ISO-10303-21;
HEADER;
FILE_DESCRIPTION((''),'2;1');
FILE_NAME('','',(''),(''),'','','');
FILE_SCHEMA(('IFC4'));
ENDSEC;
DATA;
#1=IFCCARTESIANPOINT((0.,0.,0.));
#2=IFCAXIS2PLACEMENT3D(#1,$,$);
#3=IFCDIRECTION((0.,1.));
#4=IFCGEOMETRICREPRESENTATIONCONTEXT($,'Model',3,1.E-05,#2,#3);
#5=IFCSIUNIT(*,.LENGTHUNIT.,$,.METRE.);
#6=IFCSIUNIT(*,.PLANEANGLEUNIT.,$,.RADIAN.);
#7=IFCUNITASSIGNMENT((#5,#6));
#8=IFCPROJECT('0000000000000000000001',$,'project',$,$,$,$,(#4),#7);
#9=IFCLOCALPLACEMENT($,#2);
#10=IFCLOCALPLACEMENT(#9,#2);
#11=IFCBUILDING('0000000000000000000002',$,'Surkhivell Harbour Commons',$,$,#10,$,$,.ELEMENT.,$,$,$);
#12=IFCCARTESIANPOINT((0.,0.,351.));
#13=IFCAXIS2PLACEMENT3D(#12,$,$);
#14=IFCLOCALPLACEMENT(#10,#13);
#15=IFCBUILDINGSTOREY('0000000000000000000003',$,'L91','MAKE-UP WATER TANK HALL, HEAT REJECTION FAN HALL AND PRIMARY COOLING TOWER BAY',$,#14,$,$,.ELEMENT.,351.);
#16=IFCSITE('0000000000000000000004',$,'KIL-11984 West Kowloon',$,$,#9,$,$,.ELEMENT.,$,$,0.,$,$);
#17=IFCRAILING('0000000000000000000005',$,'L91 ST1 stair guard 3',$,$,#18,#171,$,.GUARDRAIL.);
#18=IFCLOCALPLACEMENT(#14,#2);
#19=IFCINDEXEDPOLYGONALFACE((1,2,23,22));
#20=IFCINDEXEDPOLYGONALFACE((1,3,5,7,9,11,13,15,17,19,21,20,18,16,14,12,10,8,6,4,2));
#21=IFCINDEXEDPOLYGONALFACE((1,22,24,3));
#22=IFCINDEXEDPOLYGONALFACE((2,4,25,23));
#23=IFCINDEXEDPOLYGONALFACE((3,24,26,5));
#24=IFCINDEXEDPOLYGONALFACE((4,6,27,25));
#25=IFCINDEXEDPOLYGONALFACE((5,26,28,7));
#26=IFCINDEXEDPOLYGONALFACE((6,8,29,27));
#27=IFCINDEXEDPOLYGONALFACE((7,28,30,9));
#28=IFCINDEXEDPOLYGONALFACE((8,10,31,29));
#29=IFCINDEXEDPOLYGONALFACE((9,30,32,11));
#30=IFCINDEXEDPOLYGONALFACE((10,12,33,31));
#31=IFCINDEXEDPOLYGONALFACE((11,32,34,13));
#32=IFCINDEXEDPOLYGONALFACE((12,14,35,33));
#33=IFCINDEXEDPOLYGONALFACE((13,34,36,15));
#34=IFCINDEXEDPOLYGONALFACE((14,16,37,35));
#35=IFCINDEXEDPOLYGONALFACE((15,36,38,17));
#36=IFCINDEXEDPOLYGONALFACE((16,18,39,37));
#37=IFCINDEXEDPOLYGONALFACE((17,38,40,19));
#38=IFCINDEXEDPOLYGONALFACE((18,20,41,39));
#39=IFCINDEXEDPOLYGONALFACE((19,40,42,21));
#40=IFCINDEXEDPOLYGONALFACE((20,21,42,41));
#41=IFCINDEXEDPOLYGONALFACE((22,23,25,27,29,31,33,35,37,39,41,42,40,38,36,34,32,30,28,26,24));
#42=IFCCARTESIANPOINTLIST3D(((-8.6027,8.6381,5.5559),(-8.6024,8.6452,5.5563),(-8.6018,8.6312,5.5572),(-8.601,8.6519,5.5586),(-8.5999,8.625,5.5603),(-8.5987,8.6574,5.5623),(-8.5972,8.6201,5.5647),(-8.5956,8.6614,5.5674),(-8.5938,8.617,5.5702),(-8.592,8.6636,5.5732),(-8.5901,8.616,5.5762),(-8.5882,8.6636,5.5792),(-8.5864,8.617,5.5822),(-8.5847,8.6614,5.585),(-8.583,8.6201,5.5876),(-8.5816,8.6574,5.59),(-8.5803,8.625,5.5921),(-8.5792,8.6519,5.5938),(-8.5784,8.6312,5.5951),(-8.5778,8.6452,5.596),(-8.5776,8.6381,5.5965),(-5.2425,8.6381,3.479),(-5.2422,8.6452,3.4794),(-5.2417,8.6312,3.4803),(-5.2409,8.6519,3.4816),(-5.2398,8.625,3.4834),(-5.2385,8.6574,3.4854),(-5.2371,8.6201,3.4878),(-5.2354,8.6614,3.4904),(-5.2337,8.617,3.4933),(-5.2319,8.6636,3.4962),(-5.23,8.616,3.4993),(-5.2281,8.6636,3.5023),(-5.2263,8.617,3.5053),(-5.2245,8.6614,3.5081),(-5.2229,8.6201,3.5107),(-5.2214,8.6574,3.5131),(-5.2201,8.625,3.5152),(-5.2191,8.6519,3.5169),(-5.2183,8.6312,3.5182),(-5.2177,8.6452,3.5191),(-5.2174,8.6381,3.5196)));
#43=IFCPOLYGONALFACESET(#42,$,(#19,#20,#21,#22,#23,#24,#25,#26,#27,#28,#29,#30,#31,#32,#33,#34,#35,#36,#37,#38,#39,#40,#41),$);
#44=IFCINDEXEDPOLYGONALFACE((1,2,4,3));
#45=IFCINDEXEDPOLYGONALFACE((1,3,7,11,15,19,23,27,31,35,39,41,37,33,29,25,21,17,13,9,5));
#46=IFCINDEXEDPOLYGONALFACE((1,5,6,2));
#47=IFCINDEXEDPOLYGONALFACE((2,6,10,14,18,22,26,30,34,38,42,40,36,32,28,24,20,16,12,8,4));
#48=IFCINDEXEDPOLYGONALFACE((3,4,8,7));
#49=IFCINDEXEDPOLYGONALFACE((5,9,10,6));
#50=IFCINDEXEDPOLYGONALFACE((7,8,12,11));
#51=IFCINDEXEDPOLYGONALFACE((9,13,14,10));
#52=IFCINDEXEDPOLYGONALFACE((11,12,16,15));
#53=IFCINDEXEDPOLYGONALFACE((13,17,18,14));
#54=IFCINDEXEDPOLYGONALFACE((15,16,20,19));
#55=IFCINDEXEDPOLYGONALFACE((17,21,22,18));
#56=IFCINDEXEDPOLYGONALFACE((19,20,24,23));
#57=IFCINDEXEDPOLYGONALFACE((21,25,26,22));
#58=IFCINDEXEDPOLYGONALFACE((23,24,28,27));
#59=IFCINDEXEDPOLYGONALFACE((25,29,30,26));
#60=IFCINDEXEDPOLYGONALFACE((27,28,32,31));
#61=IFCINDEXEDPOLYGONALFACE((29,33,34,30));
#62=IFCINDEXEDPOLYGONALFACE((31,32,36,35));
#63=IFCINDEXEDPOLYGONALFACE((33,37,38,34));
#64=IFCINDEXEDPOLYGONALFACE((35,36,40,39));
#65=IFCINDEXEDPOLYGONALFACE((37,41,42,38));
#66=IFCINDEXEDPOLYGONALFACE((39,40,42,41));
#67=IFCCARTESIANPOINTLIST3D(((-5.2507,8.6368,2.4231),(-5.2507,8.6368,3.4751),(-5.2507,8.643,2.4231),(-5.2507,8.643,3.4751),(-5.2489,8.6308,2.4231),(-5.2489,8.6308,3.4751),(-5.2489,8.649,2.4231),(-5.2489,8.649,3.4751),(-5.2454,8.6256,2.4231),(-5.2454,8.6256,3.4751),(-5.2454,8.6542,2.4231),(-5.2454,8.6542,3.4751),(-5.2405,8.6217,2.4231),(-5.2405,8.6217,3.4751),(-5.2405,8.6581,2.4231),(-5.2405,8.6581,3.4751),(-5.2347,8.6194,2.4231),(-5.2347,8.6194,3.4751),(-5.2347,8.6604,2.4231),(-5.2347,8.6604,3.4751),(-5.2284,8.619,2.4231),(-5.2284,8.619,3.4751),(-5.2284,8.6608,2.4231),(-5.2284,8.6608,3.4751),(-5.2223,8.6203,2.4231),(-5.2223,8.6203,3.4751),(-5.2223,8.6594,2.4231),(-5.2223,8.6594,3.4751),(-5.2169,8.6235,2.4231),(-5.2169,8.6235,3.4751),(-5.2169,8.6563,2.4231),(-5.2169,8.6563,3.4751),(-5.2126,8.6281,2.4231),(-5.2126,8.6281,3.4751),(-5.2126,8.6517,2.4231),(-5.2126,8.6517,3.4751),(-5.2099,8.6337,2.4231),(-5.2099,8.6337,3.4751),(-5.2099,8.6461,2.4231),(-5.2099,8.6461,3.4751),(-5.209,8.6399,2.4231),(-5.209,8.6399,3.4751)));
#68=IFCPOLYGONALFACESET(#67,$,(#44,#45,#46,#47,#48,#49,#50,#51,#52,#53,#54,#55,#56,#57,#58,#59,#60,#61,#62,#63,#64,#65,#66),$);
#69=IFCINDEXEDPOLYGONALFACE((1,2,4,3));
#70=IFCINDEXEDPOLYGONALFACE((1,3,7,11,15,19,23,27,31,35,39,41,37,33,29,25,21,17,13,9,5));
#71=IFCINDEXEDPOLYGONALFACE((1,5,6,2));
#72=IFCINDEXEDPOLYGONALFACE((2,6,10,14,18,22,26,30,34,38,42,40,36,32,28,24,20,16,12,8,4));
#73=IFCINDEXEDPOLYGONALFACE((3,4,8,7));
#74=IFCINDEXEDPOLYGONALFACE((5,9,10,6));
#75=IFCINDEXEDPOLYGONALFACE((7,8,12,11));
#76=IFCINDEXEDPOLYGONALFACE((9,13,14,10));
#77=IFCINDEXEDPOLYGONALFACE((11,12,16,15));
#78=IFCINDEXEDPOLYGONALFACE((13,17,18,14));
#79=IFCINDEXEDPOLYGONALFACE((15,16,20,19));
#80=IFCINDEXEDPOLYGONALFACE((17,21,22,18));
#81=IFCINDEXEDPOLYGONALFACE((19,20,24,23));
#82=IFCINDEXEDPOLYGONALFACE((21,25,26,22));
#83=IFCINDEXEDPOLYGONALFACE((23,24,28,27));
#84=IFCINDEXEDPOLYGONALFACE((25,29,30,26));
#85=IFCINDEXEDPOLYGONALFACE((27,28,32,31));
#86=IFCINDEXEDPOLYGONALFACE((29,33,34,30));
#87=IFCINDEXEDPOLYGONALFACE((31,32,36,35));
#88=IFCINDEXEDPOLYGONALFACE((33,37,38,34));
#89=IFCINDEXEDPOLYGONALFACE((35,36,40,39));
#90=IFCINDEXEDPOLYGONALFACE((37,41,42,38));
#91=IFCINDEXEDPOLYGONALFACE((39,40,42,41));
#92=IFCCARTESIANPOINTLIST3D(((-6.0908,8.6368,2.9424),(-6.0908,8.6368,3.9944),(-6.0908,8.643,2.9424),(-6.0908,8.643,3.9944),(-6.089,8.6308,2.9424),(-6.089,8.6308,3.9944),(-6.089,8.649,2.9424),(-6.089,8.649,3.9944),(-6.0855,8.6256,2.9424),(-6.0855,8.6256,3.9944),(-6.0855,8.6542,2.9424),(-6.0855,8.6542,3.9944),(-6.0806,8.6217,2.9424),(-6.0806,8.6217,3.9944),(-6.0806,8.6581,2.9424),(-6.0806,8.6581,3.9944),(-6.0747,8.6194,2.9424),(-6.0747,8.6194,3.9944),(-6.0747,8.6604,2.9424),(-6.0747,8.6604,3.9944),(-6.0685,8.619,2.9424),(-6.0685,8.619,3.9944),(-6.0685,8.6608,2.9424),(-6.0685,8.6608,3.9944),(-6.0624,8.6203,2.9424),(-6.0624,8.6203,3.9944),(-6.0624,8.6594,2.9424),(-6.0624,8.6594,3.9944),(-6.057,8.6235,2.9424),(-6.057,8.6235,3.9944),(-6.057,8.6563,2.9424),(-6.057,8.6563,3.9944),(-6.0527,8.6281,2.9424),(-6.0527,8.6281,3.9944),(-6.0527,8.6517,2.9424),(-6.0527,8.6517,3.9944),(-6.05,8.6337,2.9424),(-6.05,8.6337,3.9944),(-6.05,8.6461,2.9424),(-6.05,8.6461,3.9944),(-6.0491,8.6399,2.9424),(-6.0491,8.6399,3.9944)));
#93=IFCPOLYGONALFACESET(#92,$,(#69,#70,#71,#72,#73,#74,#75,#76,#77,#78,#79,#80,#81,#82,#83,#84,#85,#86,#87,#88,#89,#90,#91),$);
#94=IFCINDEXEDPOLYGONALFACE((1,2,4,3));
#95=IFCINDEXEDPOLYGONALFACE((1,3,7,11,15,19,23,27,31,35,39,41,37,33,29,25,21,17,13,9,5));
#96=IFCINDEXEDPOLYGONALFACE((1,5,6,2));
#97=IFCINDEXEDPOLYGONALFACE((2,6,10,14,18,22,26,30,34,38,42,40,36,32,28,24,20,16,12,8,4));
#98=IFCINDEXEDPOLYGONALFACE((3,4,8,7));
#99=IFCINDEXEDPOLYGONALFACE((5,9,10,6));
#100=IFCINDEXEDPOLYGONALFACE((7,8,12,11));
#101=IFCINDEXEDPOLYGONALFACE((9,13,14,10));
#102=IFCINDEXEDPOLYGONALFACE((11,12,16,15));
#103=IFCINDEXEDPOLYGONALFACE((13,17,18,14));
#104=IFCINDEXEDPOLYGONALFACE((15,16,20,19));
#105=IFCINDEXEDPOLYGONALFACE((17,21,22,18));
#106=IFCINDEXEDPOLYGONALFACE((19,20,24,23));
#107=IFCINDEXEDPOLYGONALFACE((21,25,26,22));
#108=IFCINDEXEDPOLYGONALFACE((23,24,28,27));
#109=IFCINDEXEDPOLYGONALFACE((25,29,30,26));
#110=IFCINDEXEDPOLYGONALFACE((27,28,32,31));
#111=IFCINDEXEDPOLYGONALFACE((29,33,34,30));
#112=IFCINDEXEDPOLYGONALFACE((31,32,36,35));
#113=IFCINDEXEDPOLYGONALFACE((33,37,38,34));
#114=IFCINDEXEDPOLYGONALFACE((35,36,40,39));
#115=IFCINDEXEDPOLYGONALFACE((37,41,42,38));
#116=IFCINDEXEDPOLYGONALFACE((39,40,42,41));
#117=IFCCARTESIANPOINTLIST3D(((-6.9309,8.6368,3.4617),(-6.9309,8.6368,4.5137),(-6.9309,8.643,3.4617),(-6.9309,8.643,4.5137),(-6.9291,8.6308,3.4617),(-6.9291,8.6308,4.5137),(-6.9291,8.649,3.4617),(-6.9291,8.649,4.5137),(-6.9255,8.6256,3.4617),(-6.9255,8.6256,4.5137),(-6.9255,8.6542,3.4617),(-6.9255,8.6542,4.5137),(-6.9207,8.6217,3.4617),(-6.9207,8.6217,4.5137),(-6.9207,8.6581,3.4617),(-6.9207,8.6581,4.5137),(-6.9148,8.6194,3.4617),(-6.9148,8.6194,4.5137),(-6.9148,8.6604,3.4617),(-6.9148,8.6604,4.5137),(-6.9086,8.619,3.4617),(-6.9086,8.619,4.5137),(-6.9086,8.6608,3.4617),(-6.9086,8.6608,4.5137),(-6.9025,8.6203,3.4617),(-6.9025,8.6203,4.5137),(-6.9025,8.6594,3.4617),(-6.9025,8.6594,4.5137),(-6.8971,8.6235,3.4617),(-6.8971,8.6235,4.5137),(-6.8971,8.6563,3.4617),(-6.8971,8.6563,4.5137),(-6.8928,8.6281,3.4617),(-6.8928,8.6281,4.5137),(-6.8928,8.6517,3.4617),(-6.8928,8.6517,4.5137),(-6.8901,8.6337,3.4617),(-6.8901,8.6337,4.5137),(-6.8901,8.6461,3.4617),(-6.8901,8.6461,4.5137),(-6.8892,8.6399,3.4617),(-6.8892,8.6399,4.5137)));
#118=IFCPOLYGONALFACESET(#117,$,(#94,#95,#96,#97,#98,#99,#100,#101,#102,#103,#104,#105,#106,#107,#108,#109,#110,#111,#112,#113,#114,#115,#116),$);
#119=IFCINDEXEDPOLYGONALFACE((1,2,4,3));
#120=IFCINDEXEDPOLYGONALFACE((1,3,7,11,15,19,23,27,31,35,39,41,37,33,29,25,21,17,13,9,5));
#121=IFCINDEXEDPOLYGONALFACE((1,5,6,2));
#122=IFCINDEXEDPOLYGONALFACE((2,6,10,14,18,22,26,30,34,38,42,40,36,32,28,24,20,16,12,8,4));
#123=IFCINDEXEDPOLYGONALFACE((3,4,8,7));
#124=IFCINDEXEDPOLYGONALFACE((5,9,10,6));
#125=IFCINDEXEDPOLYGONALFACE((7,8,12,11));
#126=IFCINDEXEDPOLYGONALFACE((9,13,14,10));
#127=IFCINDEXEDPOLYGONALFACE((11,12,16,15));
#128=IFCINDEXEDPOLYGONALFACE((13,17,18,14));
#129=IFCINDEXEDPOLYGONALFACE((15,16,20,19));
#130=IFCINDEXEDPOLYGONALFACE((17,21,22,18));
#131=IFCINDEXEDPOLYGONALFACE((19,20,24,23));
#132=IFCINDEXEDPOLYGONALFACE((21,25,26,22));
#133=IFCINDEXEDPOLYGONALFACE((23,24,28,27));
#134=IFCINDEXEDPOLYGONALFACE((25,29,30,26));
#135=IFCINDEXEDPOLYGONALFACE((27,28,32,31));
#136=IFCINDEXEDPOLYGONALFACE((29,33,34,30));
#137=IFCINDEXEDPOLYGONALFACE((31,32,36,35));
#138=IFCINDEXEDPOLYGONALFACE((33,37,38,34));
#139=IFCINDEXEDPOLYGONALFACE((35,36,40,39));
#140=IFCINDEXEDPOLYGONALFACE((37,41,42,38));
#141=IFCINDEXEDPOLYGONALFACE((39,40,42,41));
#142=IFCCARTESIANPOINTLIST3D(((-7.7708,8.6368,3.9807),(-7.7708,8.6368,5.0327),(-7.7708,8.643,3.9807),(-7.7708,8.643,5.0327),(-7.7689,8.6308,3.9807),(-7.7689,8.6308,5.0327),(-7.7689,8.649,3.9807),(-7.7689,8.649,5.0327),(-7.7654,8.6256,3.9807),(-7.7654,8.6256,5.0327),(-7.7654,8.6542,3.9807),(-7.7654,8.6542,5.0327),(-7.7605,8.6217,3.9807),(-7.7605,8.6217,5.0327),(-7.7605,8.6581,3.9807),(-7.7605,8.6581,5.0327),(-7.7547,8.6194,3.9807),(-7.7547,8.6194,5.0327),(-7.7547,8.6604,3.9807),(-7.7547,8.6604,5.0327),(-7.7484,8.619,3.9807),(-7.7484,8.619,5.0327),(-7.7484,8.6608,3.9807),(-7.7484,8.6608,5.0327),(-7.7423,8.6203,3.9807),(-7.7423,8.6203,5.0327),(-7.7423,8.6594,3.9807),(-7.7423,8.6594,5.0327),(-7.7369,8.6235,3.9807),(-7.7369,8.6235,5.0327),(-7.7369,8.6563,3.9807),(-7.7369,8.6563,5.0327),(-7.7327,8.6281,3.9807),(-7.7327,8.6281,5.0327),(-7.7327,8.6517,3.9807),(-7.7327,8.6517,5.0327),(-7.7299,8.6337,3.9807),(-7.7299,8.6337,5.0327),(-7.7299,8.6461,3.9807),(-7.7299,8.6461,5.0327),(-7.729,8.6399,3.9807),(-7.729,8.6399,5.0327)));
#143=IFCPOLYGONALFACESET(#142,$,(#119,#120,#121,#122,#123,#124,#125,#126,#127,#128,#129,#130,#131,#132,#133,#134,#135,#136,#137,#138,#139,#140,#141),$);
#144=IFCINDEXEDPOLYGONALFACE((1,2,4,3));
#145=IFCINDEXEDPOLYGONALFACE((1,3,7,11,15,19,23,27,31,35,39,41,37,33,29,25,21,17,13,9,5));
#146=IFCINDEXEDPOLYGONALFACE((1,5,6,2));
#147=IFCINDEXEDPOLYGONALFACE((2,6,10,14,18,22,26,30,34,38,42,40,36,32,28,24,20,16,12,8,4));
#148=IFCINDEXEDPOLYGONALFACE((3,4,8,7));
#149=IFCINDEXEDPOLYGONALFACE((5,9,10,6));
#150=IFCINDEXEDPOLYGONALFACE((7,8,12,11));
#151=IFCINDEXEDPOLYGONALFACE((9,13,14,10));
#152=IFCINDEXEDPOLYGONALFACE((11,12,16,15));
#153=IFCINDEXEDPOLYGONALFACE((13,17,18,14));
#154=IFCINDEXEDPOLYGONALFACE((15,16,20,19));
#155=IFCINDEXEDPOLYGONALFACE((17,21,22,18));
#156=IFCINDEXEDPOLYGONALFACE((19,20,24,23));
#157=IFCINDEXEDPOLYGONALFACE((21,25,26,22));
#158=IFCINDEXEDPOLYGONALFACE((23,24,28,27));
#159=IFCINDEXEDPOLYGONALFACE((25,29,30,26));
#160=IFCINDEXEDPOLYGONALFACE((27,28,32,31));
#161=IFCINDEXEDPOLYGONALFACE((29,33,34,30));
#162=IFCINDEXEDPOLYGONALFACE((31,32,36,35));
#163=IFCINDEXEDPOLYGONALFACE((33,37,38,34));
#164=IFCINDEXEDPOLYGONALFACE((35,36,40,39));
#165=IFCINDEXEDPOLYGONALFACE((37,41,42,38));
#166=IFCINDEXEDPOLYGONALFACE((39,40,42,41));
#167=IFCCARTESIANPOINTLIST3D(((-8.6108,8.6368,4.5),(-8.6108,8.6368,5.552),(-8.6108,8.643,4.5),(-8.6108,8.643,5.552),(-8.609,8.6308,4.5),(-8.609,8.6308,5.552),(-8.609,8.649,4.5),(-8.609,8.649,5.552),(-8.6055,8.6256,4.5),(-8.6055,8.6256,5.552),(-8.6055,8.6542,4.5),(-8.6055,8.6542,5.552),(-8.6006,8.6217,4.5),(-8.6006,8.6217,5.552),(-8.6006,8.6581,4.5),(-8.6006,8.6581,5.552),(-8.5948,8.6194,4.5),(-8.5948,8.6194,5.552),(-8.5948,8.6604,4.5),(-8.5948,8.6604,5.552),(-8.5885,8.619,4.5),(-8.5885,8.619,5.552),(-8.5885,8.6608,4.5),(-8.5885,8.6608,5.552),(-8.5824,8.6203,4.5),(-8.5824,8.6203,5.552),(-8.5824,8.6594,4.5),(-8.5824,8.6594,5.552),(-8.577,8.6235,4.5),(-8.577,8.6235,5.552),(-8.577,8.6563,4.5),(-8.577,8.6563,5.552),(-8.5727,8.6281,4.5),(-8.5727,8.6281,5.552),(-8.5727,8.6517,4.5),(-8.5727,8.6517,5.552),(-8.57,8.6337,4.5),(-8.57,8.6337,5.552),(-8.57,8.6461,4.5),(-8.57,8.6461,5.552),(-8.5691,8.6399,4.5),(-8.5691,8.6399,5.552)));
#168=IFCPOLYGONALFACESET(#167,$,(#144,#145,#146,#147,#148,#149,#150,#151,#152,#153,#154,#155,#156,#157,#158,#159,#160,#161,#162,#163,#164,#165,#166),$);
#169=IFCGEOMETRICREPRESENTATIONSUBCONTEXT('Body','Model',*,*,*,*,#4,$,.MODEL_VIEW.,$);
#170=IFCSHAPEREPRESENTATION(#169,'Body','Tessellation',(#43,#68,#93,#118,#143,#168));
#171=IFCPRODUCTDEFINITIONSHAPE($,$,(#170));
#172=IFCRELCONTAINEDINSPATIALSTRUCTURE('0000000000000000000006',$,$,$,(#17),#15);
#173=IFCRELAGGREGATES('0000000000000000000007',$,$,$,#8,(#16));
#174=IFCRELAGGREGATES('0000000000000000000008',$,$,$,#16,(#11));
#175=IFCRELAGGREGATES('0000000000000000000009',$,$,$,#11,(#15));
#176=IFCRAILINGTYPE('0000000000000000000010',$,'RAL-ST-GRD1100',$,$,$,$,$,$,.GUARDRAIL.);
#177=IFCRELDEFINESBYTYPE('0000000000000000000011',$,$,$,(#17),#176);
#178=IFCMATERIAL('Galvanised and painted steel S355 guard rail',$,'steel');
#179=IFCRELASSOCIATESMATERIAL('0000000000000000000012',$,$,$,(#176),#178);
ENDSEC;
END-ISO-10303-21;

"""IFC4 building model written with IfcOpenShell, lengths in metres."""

from ifc_helpers import new_model, si_unit, direction, frame, origin, origin_2d, place, context, subcontext, project, spatial, circle, extrude, material, type_object, element, save


model = new_model("IFC4")

# Units and contexts
model_context = context("Model", 3, precision=1e-05, world=origin(), true_north=direction((0.0, 1.0)))
body_context = subcontext(model_context, "Body", "Model", "MODEL_VIEW")
ifc_project = project(units=[si_unit("LENGTHUNIT", "METRE"), si_unit("PLANEANGLEUNIT", "RADIAN")], contexts=[model_context])

# Site, building, storey
site_placement = place(None, origin())
site = spatial("IfcSite", under=ifc_project, at=site_placement, Name="KIL-11984 West Kowloon", CompositionType="ELEMENT", RefElevation=0.0)
building_placement = place(site_placement, origin())
building = spatial("IfcBuilding", under=site, at=building_placement, Name="Surkhivell Harbour Commons", CompositionType="ELEMENT")
storey_placement = place(building_placement, frame((0.0, 0.0, 351.0)))
storey = spatial("IfcBuildingStorey", under=building, at=storey_placement, Name="L91", Description="MAKE-UP WATER TANK HALL, HEAT REJECTION FAN HALL AND PRIMARY COOLING TOWER BAY", CompositionType="ELEMENT", Elevation=351.0)

# Railing
ifc_material_1 = material(Name="Galvanised and painted steel S355 guard rail", Category="steel")
railing_type_1 = type_object("IfcRailingType", Name="RAL-ST-GRD1100", PredefinedType="GUARDRAIL", material=ifc_material_1)
railing_1_placement = place(storey_placement, frame((-5.23, 8.6399, 2.4231)))
element("IfcRailing", 1, at=railing_1_placement, inside=storey, type_object=railing_type_1, Name="L91 ST1 stair guard 3", PredefinedType="GUARDRAIL", context=body_context, shape_type="SweptSolid", body=[
    extrude(circle(Radius=0.0239, at=origin_2d()), frame((0.0, 0.0, 1.0762), z_axis=(-0.850623, 0.0, 0.525776), x_axis=(0.0, -1.0, 0.0)), (0.0, 0.0, 1.0), 3.9502),
    extrude(circle(Radius=0.021, at=origin_2d()), origin(), (0.0, 0.0, 1.0), 1.052),
    extrude(circle(Radius=0.021, at=origin_2d()), frame((-0.8401, 0.0, 0.5193)), (0.0, 0.0, 1.0), 1.052),
    extrude(circle(Radius=0.021, at=origin_2d()), frame((-1.6802, 0.0, 1.0386)), (0.0, 0.0, 1.0), 1.052),
    extrude(circle(Radius=0.021, at=origin_2d()), frame((-2.52, 0.0, 1.5576)), (0.0, 0.0, 1.0), 1.052),
    extrude(circle(Radius=0.021, at=origin_2d()), frame((-3.3601, 0.0, 2.0769)), (0.0, 0.0, 1.0), 1.052),
])

save(model, "model.ifc")
